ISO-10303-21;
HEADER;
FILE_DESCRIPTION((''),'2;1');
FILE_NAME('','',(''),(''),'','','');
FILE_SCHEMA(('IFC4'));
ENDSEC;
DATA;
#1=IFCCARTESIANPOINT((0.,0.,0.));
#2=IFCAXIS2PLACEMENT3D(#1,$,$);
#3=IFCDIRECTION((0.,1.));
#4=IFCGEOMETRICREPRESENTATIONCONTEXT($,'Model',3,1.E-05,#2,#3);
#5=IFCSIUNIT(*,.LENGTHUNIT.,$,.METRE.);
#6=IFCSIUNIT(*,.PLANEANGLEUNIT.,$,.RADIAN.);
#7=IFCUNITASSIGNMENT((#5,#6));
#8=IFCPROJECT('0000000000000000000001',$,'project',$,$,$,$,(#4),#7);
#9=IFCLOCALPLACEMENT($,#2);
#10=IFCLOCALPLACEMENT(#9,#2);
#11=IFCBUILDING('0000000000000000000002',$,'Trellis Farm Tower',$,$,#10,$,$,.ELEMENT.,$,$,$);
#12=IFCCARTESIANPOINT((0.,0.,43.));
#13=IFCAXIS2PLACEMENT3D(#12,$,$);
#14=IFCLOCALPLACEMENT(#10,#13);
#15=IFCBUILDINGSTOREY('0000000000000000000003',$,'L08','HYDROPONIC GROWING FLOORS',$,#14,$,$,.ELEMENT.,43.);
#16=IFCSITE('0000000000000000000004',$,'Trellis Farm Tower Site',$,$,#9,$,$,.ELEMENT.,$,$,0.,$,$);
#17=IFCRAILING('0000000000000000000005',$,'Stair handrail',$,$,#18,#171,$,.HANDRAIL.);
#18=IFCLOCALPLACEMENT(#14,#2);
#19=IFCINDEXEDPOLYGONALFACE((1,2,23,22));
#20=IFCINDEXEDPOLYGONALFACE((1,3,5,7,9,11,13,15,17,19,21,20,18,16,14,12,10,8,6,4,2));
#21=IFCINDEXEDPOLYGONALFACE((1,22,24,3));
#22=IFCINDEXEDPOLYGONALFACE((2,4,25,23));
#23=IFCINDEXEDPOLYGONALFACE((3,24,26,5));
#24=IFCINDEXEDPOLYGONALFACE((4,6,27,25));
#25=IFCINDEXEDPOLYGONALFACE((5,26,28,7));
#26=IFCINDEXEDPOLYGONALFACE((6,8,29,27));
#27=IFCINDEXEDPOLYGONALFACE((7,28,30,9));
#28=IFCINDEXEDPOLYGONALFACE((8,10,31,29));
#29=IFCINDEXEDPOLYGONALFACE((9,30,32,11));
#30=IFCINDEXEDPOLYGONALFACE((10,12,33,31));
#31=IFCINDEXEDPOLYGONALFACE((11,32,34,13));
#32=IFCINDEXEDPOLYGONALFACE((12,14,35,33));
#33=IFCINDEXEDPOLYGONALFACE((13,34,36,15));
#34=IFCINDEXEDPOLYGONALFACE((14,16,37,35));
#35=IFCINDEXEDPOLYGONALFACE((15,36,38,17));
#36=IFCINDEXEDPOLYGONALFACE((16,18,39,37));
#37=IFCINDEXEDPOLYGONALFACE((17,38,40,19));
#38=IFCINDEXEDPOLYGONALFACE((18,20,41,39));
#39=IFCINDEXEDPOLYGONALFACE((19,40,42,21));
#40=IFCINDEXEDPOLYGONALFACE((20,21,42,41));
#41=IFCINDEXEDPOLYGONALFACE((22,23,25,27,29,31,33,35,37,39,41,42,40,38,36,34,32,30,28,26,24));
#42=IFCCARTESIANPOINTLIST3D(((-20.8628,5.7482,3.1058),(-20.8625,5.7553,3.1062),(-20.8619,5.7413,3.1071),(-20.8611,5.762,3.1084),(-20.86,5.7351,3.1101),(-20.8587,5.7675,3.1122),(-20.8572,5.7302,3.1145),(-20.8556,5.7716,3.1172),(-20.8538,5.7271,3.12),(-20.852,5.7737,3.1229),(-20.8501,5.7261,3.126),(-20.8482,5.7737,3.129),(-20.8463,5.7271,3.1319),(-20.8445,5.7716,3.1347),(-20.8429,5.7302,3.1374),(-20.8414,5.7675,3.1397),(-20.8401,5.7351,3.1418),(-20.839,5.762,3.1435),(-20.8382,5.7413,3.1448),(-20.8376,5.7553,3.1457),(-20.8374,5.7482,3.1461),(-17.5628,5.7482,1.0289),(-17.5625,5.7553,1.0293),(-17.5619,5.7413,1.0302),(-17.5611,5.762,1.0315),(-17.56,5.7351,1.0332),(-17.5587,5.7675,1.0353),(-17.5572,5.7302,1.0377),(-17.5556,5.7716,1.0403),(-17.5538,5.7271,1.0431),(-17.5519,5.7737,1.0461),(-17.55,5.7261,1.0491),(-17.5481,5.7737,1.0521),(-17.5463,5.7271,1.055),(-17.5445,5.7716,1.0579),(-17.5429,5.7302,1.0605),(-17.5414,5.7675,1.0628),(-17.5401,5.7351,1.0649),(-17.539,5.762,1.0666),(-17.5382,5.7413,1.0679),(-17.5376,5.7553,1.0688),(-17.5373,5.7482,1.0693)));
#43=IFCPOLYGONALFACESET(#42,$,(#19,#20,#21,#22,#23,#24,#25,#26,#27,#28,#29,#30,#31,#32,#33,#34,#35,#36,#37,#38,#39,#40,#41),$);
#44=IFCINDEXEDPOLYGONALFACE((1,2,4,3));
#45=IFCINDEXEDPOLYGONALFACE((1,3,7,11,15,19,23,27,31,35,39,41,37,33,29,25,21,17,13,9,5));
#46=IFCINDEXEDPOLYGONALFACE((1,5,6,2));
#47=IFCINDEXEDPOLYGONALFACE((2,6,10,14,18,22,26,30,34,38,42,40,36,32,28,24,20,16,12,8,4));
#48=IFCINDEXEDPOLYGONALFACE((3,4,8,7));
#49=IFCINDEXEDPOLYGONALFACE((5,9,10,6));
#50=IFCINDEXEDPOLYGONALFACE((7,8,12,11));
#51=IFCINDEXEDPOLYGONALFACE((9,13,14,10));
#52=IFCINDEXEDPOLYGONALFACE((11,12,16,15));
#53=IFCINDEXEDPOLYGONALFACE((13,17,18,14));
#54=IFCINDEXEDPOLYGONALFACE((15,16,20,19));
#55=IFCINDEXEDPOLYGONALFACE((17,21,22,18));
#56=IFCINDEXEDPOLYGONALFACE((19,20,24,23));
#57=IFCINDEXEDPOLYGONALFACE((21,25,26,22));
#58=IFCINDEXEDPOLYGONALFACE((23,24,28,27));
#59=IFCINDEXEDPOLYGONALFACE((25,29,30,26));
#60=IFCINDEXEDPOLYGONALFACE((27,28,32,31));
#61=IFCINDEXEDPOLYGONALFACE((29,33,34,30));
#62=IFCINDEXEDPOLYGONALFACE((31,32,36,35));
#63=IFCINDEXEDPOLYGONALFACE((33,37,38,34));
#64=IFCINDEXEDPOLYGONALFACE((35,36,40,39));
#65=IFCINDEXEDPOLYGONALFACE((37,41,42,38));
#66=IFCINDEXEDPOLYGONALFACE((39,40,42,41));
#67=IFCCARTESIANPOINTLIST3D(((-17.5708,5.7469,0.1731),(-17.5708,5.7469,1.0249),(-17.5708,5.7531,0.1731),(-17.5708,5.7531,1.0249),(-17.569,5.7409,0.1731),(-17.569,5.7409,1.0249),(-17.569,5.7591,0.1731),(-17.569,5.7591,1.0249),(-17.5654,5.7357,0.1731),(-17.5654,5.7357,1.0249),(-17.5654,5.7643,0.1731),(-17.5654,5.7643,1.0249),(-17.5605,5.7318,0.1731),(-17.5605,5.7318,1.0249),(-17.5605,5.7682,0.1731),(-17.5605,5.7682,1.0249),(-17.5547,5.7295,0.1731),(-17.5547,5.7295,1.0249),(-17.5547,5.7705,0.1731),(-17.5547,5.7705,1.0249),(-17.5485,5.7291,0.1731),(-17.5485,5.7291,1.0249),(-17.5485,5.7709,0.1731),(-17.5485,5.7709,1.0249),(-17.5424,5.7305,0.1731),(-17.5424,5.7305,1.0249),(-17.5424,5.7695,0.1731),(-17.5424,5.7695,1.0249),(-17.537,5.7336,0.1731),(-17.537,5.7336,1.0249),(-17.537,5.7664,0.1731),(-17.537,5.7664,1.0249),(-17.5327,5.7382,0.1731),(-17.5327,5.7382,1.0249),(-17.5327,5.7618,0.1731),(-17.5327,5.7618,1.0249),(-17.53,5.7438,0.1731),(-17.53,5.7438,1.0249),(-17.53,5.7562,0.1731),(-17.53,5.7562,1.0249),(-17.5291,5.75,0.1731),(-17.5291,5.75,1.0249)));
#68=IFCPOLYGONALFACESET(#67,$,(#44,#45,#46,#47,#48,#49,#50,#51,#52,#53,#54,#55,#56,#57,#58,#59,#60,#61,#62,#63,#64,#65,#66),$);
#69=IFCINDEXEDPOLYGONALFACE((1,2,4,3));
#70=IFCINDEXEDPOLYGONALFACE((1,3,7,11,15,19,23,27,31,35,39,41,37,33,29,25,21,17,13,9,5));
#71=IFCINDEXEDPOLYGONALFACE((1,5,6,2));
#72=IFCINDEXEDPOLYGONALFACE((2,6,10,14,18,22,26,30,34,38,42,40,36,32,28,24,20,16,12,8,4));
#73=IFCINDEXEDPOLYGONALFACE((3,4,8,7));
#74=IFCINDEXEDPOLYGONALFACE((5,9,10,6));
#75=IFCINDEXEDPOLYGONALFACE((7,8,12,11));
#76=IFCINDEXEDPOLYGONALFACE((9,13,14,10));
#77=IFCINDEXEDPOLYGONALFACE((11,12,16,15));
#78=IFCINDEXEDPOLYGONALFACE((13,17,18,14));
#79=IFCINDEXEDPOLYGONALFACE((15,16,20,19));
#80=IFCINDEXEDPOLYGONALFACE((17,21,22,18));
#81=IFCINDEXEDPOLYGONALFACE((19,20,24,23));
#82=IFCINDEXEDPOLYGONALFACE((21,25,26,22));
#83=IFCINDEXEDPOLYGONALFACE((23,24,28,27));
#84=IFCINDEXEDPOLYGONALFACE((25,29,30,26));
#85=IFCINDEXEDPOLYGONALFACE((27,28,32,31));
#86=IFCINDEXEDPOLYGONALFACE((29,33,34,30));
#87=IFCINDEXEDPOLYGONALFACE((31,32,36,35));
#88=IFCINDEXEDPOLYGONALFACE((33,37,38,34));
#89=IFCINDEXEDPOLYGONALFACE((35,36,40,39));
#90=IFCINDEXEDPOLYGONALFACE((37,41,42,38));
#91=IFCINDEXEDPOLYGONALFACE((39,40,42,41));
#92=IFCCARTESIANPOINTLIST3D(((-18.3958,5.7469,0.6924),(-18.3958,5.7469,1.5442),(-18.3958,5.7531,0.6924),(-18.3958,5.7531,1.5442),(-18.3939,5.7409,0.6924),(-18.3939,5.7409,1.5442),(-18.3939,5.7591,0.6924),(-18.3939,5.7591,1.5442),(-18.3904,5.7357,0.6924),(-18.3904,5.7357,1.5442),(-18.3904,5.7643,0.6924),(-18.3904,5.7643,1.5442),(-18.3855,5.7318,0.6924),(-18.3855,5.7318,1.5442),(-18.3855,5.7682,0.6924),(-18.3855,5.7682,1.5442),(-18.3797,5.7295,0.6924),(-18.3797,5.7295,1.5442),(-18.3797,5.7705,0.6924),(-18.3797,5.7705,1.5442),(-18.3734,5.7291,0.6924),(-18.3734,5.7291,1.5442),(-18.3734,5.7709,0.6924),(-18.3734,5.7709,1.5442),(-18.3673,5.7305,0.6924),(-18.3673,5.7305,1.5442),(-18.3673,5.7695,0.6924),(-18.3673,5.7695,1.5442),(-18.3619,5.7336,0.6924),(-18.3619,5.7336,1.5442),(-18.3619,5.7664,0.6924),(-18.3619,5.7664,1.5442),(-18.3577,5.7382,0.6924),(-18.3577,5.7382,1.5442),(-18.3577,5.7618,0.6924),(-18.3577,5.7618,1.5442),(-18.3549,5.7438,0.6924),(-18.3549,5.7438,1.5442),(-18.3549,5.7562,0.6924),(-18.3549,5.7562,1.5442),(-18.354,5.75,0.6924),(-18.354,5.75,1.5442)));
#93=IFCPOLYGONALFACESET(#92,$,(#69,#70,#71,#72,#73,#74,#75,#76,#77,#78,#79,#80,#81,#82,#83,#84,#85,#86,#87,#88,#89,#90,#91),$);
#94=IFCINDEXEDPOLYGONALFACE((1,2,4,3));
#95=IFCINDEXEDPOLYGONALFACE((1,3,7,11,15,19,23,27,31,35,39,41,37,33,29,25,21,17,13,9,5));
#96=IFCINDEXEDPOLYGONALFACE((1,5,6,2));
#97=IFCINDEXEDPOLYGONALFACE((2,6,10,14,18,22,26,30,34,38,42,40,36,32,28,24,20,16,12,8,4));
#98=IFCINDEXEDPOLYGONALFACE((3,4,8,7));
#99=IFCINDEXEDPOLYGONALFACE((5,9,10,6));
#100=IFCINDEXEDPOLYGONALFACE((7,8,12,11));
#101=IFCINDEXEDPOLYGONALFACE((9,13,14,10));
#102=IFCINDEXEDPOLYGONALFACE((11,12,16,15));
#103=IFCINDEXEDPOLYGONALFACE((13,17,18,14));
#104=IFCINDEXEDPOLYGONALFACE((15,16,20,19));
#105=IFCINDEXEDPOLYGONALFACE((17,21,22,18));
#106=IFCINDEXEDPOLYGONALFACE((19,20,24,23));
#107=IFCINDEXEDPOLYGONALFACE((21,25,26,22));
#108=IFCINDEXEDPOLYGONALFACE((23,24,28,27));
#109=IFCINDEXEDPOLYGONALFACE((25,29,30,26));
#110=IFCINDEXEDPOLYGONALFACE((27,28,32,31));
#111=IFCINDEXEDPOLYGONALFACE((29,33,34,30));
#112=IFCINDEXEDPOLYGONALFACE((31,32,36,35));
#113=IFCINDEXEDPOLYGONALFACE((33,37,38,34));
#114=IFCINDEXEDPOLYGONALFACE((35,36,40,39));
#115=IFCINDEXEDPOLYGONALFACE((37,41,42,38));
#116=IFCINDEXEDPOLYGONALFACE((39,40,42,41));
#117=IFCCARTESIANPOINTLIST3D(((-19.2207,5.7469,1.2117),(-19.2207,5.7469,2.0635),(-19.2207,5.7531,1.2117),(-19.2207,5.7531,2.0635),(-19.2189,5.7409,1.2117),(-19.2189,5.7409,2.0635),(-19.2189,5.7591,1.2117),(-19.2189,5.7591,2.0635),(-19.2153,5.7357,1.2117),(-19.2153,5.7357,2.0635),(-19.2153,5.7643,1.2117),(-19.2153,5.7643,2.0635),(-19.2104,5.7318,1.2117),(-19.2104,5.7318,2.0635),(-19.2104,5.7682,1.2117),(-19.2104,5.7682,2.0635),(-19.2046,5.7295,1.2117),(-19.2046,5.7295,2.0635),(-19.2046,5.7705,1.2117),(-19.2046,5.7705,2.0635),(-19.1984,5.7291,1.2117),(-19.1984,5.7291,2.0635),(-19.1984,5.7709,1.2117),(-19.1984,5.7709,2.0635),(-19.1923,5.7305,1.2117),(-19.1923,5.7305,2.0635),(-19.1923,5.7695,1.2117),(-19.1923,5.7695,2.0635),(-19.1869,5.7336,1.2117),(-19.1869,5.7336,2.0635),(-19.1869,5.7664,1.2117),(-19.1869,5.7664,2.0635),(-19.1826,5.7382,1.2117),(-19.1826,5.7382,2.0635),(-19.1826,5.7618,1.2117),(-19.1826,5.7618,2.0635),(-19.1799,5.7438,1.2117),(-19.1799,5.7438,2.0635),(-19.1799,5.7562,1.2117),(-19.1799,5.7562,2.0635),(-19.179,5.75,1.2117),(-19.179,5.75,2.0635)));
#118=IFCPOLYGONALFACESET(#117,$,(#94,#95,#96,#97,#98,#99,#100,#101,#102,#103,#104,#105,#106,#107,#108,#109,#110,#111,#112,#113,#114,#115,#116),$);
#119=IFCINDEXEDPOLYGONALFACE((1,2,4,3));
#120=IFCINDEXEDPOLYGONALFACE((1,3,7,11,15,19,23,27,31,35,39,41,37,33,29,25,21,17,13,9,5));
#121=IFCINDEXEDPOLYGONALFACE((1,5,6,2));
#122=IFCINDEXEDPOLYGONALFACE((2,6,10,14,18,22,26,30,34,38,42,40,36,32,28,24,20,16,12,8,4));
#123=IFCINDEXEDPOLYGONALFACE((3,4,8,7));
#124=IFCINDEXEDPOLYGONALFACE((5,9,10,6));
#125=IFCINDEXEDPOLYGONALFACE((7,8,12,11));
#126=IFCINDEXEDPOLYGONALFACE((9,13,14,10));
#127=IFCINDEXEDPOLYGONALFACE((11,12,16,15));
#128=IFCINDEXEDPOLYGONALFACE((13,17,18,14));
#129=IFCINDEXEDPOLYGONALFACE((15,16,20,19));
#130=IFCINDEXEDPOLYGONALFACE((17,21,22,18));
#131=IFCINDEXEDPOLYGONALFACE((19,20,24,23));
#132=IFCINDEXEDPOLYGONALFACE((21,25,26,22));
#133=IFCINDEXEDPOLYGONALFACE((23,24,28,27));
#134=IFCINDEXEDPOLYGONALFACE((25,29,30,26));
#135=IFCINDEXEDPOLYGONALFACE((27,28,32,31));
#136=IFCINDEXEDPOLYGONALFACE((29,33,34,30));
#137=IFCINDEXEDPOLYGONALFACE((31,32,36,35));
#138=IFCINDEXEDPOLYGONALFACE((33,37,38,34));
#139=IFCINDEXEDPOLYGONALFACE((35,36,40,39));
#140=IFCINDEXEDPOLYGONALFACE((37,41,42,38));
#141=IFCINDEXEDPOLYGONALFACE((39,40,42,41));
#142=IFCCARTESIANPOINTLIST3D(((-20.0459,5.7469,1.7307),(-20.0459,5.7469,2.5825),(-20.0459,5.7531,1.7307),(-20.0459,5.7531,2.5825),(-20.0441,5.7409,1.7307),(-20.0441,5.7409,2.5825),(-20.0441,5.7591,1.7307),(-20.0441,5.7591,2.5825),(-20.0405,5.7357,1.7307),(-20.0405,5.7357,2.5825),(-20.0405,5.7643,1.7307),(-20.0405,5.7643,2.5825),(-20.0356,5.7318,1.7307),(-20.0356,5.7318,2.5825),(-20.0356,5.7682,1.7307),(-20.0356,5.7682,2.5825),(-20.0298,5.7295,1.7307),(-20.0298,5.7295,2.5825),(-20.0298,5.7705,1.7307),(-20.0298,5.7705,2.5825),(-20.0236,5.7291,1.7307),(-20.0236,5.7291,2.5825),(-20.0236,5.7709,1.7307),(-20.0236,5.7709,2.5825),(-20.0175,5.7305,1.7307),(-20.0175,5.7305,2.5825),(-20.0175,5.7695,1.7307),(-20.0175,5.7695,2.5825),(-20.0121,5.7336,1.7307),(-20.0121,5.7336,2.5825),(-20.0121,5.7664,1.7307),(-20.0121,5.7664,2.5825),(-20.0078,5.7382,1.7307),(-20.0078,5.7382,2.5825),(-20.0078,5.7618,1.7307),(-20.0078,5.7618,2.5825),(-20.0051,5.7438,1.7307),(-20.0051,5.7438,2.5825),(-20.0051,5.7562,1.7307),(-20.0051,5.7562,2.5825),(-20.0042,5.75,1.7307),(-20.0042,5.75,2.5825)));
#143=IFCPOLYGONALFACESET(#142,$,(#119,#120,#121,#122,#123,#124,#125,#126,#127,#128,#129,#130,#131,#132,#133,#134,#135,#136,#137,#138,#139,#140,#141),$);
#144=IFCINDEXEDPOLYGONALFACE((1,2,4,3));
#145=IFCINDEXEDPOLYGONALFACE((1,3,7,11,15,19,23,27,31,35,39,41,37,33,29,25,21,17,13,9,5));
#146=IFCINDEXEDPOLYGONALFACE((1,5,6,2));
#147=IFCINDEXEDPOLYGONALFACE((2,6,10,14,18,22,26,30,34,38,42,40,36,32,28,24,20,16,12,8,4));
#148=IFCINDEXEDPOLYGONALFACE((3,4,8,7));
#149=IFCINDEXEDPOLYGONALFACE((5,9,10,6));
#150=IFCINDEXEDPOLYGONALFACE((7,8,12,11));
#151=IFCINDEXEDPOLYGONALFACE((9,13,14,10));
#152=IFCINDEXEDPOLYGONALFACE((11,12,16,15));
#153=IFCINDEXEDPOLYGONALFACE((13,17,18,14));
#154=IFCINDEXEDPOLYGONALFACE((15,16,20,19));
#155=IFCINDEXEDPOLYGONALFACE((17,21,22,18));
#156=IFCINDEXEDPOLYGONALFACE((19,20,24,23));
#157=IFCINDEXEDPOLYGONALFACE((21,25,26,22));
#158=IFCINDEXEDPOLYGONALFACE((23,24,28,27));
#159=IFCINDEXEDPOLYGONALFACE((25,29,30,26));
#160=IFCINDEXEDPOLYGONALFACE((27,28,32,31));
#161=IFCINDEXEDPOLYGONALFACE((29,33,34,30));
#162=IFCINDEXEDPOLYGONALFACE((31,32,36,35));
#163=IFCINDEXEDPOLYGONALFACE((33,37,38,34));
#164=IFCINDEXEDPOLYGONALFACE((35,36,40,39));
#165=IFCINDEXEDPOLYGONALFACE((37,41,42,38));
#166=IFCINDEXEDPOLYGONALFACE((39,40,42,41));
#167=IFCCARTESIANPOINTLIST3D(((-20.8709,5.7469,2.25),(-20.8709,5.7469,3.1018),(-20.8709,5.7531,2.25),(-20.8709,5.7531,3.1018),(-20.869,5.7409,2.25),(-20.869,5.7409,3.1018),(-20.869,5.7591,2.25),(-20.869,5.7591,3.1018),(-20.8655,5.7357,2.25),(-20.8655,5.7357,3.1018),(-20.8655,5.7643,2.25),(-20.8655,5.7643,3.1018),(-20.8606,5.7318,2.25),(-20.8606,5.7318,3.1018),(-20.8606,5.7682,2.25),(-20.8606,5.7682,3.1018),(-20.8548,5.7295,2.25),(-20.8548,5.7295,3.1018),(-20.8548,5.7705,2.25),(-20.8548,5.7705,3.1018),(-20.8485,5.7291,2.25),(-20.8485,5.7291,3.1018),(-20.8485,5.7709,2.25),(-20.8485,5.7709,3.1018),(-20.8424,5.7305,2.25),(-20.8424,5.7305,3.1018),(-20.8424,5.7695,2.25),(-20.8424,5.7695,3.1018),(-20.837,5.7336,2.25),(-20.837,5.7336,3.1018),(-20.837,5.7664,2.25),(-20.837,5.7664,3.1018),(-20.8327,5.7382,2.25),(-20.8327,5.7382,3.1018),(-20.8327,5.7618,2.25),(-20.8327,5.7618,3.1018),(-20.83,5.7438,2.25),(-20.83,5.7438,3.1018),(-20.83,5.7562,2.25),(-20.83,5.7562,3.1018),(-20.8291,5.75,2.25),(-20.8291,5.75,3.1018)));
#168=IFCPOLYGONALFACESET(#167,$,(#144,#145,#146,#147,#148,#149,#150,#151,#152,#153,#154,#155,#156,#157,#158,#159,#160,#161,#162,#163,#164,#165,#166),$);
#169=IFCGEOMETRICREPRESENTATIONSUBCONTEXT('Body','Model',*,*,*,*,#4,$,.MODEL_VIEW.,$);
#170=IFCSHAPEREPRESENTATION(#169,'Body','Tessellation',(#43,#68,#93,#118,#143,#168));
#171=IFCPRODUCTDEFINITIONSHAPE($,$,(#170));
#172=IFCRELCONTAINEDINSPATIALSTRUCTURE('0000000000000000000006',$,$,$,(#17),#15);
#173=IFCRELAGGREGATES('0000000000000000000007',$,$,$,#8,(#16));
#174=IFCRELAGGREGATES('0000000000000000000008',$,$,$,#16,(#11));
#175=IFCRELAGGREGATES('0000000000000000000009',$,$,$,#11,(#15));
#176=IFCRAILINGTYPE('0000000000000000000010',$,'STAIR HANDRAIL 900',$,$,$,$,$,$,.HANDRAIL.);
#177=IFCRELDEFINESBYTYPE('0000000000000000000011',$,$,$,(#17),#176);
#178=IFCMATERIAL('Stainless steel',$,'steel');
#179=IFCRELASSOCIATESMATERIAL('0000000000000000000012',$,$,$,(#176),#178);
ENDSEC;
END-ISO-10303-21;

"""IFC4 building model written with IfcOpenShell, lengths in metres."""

from ifc_helpers import new_model, si_unit, direction, frame, origin, origin_2d, place, context, subcontext, project, spatial, circle, extrude, source, transform, mapped, material, type_object, element, save


model = new_model("IFC4")

# Units and contexts
model_context = context("Model", 3, precision=1e-05, world=origin(), true_north=direction((0.0, 1.0)))
body_context = subcontext(model_context, "Body", "Model", "MODEL_VIEW")
ifc_project = project(units=[si_unit("LENGTHUNIT", "METRE"), si_unit("PLANEANGLEUNIT", "RADIAN")], contexts=[model_context])

# Site, building, storey
site_placement = place(None, origin())
site = spatial("IfcSite", under=ifc_project, at=site_placement, Name="Trellis Farm Tower Site", CompositionType="ELEMENT", RefElevation=0.0)
building_placement = place(site_placement, origin())
building = spatial("IfcBuilding", under=site, at=building_placement, Name="Trellis Farm Tower", CompositionType="ELEMENT")
storey_placement = place(building_placement, frame((0.0, 0.0, 43.0)))
storey = spatial("IfcBuildingStorey", under=building, at=storey_placement, Name="L08", Description="HYDROPONIC GROWING FLOORS", CompositionType="ELEMENT", Elevation=43.0)

# Shared definitions
ifc_material_1 = material(Name="Stainless steel", Category="steel")

# Railing
railing_type = type_object("IfcRailingType", Name="STAIR HANDRAIL 900", PredefinedType="HANDRAIL", material=ifc_material_1)
shared_shape_1 = source(origin(), body_context, "Body", "SweptSolid", [
    extrude(circle(Radius=0.0239, at=origin_2d()), frame((0.0, 0.0, 0.876), z_axis=(-0.846337, 0.0, 0.532647), x_axis=(0.0, -1.0, 0.0)), (0.0, 0.0, 1.0), 3.8992),
    extrude(circle(Radius=0.021, at=origin_2d()), origin(), (0.0, 0.0, 1.0), 0.8518),
    extrude(circle(Radius=0.021, at=origin_2d()), frame((-0.825, 0.0, 0.5193)), (0.0, 0.0, 1.0), 0.8518),
    extrude(circle(Radius=0.021, at=origin_2d()), frame((-1.6499, 0.0, 1.0386)), (0.0, 0.0, 1.0), 0.8518),
    extrude(circle(Radius=0.021, at=origin_2d()), frame((-2.4751, 0.0, 1.5576)), (0.0, 0.0, 1.0), 0.8518),
    extrude(circle(Radius=0.021, at=origin_2d()), frame((-3.3, 0.0, 2.0769)), (0.0, 0.0, 1.0), 0.8518),
])
for number, where, name in (
    (1, (-17.55, 5.75, 0.1731), "Stair handrail"),
):
    element("IfcRailing", number, at=place(storey_placement, frame(where)), inside=storey, type_object=railing_type, Name=name, PredefinedType="HANDRAIL", context=body_context, shape_type="MappedRepresentation", body=[
        mapped(shared_shape_1, transform((0.0, 0.0, 0.0))),
    ])

save(model, "model.ifc")
